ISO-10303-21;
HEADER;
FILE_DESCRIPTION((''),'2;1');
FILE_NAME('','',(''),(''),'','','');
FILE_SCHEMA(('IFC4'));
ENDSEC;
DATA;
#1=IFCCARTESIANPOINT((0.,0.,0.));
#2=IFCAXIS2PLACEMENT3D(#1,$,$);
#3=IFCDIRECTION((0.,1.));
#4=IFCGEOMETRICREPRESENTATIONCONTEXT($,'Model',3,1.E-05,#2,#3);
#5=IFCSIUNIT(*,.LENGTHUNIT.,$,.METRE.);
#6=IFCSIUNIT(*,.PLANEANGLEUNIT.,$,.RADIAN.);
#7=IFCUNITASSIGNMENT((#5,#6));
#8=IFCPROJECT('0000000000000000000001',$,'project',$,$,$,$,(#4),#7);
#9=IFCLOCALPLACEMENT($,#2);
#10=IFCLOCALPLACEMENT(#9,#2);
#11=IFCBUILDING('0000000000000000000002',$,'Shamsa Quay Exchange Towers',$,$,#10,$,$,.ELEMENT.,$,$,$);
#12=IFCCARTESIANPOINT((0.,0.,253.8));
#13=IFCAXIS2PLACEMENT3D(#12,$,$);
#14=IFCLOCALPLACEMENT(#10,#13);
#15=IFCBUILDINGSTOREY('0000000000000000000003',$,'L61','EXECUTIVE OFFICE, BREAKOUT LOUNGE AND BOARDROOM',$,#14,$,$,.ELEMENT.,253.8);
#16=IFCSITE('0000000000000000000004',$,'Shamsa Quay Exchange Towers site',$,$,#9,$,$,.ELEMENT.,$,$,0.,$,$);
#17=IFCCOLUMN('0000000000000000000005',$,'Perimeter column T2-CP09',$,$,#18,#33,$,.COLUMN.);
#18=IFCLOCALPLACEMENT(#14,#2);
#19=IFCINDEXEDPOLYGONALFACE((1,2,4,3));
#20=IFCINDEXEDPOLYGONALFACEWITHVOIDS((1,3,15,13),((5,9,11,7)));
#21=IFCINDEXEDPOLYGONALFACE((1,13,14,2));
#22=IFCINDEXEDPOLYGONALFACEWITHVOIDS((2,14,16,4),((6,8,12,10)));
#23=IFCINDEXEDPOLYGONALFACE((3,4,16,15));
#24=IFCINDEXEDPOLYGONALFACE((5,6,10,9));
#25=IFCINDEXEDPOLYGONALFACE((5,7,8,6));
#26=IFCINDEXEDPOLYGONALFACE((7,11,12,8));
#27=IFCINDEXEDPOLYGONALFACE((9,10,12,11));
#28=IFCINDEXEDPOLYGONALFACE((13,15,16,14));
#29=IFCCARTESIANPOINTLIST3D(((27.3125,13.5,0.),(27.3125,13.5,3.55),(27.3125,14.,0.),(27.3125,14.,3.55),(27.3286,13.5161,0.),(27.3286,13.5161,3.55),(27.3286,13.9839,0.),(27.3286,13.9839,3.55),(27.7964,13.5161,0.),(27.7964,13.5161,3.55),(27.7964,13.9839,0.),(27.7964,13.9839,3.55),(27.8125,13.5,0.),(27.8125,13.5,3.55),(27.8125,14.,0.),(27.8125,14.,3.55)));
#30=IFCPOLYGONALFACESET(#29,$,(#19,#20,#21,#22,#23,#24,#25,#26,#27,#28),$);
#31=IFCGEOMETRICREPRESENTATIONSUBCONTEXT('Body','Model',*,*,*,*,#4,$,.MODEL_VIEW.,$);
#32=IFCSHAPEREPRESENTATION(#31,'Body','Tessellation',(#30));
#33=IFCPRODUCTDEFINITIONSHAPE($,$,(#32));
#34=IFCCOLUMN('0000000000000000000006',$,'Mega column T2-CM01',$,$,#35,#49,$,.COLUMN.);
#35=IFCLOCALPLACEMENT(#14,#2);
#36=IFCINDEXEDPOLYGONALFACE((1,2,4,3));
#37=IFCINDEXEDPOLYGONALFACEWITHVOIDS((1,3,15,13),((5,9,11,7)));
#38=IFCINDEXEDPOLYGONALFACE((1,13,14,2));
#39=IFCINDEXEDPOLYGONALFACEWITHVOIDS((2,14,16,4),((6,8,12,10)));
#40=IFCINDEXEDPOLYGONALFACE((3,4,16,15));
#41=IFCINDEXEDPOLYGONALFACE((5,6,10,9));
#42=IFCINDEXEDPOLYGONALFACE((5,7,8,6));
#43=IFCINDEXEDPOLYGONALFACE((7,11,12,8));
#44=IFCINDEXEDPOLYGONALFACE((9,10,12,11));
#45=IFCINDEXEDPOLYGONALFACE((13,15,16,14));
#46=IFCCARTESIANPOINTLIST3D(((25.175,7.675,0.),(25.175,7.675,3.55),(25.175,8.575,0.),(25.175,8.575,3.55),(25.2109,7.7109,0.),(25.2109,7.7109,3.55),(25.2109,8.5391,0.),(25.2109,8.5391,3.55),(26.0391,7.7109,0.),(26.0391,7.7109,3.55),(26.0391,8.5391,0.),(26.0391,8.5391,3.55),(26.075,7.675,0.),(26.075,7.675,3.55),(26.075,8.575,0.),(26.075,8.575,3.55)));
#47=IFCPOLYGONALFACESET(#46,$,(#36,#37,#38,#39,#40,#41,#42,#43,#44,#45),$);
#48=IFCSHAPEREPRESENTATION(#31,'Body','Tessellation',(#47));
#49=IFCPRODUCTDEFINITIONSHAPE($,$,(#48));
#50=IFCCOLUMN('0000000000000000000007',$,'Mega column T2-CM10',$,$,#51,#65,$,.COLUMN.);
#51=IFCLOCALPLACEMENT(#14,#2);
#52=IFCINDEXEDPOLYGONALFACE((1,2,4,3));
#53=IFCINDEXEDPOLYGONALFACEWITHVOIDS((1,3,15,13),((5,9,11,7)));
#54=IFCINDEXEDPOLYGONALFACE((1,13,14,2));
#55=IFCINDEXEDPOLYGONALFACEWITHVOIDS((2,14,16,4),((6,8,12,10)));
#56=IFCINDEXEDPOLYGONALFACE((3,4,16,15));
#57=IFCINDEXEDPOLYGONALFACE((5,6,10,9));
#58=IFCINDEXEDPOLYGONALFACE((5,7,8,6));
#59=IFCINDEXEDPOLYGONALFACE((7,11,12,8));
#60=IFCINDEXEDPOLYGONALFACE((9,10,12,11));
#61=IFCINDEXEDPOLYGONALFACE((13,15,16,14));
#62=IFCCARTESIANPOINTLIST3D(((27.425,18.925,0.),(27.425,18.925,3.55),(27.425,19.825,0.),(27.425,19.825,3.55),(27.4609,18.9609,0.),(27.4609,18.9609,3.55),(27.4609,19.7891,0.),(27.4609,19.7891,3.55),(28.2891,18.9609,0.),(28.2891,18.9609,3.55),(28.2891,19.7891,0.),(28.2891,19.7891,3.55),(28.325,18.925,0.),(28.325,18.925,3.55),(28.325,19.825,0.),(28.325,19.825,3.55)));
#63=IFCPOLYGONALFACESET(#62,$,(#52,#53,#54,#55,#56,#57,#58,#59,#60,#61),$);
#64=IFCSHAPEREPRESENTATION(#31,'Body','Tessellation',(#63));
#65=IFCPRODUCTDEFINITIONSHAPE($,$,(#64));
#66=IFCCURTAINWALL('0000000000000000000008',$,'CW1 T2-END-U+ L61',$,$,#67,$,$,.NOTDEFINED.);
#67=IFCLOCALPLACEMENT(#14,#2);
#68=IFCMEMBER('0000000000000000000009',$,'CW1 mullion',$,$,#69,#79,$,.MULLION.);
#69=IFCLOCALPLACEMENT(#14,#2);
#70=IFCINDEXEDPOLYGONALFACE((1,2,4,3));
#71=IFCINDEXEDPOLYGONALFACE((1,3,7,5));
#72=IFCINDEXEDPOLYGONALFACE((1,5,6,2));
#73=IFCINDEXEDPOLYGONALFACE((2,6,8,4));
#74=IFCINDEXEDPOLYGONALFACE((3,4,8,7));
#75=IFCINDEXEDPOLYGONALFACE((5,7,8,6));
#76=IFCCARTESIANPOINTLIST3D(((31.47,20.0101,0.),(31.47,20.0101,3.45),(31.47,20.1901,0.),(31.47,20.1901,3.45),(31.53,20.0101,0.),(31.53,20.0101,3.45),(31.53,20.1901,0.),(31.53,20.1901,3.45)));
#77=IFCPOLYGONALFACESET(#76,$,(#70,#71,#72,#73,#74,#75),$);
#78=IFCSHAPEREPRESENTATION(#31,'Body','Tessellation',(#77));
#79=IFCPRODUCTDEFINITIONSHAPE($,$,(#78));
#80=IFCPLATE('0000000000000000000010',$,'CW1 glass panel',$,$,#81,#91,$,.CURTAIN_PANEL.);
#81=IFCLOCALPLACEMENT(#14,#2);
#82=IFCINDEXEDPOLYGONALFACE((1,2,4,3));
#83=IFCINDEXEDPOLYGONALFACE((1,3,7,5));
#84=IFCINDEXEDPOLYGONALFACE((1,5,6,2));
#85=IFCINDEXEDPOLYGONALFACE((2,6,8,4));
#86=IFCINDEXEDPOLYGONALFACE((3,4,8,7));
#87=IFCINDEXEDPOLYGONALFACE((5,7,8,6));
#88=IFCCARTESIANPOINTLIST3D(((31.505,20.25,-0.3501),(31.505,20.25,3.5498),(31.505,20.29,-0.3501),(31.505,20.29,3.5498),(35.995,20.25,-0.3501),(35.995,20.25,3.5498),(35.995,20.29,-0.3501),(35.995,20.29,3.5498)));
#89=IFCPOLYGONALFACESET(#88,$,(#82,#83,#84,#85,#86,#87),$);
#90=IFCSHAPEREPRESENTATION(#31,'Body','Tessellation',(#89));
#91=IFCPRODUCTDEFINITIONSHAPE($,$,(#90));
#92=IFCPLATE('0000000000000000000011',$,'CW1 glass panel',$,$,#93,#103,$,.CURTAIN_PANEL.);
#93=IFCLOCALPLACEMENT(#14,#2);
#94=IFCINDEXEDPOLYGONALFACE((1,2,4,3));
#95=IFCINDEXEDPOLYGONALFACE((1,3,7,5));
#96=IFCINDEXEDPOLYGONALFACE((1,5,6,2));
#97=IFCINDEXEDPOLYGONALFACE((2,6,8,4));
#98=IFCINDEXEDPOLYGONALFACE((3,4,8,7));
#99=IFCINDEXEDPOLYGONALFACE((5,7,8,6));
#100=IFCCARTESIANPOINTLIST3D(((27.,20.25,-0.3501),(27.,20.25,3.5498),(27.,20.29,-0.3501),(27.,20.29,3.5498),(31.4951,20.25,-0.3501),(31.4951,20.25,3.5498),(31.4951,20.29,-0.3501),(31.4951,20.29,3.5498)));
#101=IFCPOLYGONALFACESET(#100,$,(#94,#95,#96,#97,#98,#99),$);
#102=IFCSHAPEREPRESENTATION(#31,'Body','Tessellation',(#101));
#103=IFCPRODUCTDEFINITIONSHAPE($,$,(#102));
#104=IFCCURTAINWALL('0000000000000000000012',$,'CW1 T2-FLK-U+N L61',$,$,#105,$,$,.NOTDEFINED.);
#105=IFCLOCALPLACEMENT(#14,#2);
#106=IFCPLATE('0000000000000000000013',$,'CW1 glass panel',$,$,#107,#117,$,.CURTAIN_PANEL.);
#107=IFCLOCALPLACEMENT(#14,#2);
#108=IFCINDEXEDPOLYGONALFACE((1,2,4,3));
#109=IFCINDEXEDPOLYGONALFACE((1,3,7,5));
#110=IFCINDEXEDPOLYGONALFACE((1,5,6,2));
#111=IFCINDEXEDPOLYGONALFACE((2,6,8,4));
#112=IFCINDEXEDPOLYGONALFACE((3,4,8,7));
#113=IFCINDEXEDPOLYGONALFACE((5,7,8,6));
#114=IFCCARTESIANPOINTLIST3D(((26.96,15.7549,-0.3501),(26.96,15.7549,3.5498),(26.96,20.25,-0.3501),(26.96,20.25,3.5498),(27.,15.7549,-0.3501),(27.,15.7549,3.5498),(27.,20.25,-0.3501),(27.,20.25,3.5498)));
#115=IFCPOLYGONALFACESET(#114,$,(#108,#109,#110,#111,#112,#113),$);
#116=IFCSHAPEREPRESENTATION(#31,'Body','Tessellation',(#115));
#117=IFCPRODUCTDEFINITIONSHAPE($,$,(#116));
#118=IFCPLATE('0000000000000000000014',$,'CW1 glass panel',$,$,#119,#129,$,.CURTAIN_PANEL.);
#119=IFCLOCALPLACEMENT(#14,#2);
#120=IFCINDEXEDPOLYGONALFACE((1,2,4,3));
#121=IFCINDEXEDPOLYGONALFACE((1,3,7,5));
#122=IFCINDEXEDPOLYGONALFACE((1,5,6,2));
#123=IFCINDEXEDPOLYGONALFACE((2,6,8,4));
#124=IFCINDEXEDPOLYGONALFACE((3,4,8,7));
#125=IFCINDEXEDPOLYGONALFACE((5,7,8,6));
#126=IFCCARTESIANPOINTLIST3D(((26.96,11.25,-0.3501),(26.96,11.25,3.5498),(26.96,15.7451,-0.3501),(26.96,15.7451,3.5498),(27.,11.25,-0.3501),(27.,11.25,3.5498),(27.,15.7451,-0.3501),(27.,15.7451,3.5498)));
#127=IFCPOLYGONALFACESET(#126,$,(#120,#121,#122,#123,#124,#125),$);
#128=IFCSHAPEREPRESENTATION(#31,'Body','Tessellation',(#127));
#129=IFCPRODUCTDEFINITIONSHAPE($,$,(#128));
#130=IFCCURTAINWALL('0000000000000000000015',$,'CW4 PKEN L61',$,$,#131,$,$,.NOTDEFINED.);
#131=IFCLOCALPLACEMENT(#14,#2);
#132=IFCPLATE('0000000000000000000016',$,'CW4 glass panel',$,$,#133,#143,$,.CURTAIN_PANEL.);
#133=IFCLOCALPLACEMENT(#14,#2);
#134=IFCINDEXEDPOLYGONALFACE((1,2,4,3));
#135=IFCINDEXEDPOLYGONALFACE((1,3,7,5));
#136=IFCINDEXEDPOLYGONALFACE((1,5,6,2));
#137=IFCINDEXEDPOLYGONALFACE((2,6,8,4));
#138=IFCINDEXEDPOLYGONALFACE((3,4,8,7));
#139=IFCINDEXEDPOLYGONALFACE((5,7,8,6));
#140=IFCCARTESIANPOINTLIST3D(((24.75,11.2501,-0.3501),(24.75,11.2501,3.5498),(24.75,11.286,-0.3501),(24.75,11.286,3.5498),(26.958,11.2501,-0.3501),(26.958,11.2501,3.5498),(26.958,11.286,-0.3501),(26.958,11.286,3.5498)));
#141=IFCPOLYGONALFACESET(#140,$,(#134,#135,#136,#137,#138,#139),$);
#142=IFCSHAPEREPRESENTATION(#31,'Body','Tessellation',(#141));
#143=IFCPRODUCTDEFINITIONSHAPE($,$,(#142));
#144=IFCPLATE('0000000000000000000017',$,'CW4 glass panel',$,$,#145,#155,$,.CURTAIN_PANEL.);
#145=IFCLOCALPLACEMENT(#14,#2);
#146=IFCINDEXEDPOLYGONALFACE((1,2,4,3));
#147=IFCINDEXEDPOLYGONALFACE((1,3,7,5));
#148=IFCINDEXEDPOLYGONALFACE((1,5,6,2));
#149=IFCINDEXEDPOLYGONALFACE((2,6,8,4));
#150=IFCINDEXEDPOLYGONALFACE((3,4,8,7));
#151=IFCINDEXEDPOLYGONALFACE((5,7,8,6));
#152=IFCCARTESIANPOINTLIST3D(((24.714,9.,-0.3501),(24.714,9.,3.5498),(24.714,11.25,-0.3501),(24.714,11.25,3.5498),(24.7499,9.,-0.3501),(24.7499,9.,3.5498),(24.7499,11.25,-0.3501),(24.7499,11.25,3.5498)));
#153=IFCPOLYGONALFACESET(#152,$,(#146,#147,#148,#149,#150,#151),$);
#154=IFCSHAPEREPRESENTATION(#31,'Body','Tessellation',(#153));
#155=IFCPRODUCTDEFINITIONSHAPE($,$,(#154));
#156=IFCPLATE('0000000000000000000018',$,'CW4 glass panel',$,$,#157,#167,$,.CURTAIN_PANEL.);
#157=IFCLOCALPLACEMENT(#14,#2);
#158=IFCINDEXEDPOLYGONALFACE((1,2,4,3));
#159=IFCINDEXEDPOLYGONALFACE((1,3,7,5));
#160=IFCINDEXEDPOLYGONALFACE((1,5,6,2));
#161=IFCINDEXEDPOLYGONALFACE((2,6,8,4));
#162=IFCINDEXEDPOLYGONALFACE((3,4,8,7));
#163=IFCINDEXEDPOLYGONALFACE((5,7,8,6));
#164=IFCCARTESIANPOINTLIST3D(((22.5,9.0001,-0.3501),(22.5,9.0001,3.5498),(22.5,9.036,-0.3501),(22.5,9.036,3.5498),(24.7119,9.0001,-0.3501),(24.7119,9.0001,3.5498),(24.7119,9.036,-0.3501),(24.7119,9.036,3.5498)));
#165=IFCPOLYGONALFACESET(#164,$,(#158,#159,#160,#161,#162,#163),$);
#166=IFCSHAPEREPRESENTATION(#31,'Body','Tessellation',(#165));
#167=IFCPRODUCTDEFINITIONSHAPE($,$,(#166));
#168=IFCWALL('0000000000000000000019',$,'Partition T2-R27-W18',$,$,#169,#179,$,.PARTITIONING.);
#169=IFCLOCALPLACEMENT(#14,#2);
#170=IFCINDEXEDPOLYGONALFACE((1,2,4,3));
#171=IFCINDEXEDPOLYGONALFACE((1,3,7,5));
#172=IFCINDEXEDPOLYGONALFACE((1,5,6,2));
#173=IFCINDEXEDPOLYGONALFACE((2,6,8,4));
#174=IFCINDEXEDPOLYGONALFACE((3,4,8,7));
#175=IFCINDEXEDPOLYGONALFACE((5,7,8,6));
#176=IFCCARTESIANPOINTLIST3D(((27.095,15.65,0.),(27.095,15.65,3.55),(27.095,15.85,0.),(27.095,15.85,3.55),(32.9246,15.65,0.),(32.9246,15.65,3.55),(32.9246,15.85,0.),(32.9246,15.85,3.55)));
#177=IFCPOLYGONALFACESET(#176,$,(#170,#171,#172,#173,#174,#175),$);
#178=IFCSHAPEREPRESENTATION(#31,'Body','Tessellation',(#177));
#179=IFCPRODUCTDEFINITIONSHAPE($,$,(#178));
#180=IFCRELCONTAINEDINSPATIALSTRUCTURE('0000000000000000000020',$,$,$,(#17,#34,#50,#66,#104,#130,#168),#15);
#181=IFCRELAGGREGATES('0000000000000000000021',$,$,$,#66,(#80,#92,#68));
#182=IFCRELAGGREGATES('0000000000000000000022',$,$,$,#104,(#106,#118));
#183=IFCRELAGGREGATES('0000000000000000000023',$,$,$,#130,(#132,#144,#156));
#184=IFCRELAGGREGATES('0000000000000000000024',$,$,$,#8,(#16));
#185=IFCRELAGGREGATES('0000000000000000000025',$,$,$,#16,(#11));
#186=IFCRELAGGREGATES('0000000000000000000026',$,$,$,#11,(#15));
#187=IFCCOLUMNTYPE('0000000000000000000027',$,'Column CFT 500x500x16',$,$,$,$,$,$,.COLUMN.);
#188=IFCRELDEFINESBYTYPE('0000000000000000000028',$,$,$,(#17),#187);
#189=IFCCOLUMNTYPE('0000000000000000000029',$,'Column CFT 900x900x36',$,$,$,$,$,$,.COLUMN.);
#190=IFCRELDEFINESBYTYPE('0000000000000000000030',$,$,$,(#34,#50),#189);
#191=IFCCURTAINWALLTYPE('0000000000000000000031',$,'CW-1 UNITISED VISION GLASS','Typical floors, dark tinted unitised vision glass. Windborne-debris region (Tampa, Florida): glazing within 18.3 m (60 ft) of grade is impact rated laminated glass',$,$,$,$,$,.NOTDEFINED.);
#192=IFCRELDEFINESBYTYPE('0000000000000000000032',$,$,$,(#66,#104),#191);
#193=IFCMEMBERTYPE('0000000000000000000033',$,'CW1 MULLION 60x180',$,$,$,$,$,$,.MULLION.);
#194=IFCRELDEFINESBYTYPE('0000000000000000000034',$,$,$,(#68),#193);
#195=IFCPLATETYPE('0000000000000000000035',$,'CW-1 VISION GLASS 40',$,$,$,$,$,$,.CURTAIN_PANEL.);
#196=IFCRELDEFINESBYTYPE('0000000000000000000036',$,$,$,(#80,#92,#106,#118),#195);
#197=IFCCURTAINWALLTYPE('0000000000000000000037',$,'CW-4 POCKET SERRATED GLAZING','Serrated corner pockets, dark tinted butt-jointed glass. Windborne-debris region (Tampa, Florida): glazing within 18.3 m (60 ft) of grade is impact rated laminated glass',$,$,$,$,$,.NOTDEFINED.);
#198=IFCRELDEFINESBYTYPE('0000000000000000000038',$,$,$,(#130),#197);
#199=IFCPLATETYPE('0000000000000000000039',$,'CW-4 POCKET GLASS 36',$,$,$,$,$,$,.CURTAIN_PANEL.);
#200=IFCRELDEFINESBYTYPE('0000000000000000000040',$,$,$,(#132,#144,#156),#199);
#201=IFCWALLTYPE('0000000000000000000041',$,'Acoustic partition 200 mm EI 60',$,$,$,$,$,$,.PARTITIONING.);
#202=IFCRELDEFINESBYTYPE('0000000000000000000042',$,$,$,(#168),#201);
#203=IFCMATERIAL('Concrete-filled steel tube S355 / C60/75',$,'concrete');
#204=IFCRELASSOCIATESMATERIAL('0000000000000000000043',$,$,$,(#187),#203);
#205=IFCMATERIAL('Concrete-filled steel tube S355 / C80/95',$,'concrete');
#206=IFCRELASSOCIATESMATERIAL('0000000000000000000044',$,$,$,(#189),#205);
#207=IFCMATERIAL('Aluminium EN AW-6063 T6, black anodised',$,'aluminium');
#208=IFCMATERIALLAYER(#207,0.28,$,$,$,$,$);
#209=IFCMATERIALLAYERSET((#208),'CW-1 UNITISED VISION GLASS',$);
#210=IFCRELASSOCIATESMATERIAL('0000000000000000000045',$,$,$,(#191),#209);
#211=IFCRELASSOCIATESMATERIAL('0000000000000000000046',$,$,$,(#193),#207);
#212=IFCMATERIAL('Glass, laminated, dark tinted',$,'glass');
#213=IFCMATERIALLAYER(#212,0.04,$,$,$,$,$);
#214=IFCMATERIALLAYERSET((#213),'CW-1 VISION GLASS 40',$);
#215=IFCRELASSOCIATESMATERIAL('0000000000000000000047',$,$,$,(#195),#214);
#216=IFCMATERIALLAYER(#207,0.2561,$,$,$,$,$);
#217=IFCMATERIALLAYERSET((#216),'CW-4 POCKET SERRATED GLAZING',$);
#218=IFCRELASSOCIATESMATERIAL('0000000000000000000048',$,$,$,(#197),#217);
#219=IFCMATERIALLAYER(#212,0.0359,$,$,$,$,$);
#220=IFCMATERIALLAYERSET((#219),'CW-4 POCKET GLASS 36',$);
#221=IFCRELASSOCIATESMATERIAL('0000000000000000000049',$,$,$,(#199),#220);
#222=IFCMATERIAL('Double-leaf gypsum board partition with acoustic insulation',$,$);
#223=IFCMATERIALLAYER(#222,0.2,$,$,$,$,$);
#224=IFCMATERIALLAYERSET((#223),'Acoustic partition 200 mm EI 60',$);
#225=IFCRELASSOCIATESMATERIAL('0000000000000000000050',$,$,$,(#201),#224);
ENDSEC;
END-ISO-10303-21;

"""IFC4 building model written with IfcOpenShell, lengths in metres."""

from ifc_helpers import new_model, si_unit, direction, frame, frame_2d, origin, origin_2d, place, context, subcontext, project, spatial, rectangle, hollow_rectangle, extrude, material, layer, layer_set, material_profile, profile_set, type_object, element, aggregate, save


model = new_model("IFC4")

# Units and contexts
model_context = context("Model", 3, precision=1e-05, world=origin(), true_north=direction((0.0, 1.0)))
body_context = subcontext(model_context, "Body", "Model", "MODEL_VIEW")
ifc_project = project(units=[si_unit("LENGTHUNIT", "METRE"), si_unit("PLANEANGLEUNIT", "RADIAN")], contexts=[model_context])

# Site, building, storey
site_placement = place(None, origin())
site = spatial("IfcSite", under=ifc_project, at=site_placement, Name="Shamsa Quay Exchange Towers site", CompositionType="ELEMENT", RefElevation=0.0)
building_placement = place(site_placement, origin())
building = spatial("IfcBuilding", under=site, at=building_placement, Name="Shamsa Quay Exchange Towers", CompositionType="ELEMENT")
storey_placement = place(building_placement, frame((0.0, 0.0, 253.8)))
storey = spatial("IfcBuildingStorey", under=building, at=storey_placement, Name="L61", Description="EXECUTIVE OFFICE, BREAKOUT LOUNGE AND BOARDROOM", CompositionType="ELEMENT", Elevation=253.8)

# Columns
ifc_material_1 = material(Name="Concrete-filled steel tube S355 / C60/75", Category="concrete")
ifc_material_profile_1 = material_profile(ifc_material_1, hollow_rectangle(XDim=0.5, YDim=0.5, WallThickness=0.0161, at=origin_2d()), Name="CFT 500x500x16")
ifc_profile_set_1 = profile_set([ifc_material_profile_1], Name="Concrete-filled steel tube S355 / C60/75")
column_type_1 = type_object("IfcColumnType", Name="Column CFT 500x500x16", PredefinedType="COLUMN", material=ifc_profile_set_1)
column_placement = place(storey_placement, frame((27.5625, 13.75, 0.0)))
element("IfcColumn", 1, at=column_placement, inside=storey, type_object=column_type_1, Name="Perimeter column T2-CP09", PredefinedType="COLUMN", context=body_context, shape_type="SweptSolid", body=[
    extrude(hollow_rectangle(XDim=0.5, YDim=0.5, WallThickness=0.0161, at=origin_2d()), origin(), (0.0, 0.0, 1.0), 3.55),
])
ifc_material_2 = material(Name="Concrete-filled steel tube S355 / C80/95", Category="concrete")
ifc_material_profile_2 = material_profile(ifc_material_2, hollow_rectangle(XDim=0.8999, YDim=0.8999, WallThickness=0.0359, at=origin_2d()), Name="CFT 900x900x36")
ifc_profile_set_2 = profile_set([ifc_material_profile_2], Name="Concrete-filled steel tube S355 / C80/95")
column_type_2 = type_object("IfcColumnType", Name="Column CFT 900x900x36", PredefinedType="COLUMN", material=ifc_profile_set_2)
for number, where, name in (
    (2, (25.625, 8.125, 0.0), "Mega column T2-CM01"),
    (3, (27.875, 19.375, 0.0), "Mega column T2-CM10"),
):
    element("IfcColumn", number, at=place(storey_placement, frame(where)), inside=storey, type_object=column_type_2, Name=name, PredefinedType="COLUMN", context=body_context, shape_type="SweptSolid", body=[
        extrude(hollow_rectangle(XDim=0.8999, YDim=0.8999, WallThickness=0.0359, at=origin_2d()), origin(), (0.0, 0.0, 1.0), 3.55),
    ])

# Curtain wall, member, plates
ifc_material_3 = material(Name="Aluminium EN AW-6063 T6, black anodised", Category="aluminium")
ifc_layer_1 = layer(ifc_material_3, 0.28)
ifc_layer_set_1 = layer_set([ifc_layer_1], Name="CW-1 UNITISED VISION GLASS")
curtain_wall_type_1 = type_object("IfcCurtainWallType", Name="CW-1 UNITISED VISION GLASS", Description="Typical floors, dark tinted unitised vision glass. Windborne-debris region (Tampa, Florida): glazing within 18.3 m (60 ft) of grade is impact rated laminated glass", PredefinedType="NOTDEFINED", material=ifc_layer_set_1)
curtain_wall_1_placement = place(storey_placement, origin())
curtain_wall_1 = element("IfcCurtainWall", 4, at=curtain_wall_1_placement, inside=storey, type_object=curtain_wall_type_1, Name="CW1 T2-END-U+ L61", PredefinedType="NOTDEFINED")
ifc_material_profile_3 = material_profile(ifc_material_3, rectangle(XDim=0.1799, YDim=0.0601, at=origin_2d()), Name="MU60x180")
ifc_profile_set_3 = profile_set([ifc_material_profile_3], Name="Aluminium EN AW-6063 T6, black anodised")
member_type = type_object("IfcMemberType", Name="CW1 MULLION 60x180", PredefinedType="MULLION", material=ifc_profile_set_3)
member_placement = place(storey_placement, frame((31.5, 20.1001, 0.0), z_axis=(0.0, 0.0, 1.0), x_axis=(0.0, -1.0, 0.0)))
member = element("IfcMember", 5, at=member_placement, type_object=member_type, Name="CW1 mullion", PredefinedType="MULLION", context=body_context, shape_type="SweptSolid", body=[
    extrude(rectangle(XDim=0.1799, YDim=0.0601, at=origin_2d()), origin(), (0.0, 0.0, 1.0), 3.45),
])
ifc_material_4 = material(Name="Glass, laminated, dark tinted", Category="glass")
ifc_layer_2 = layer(ifc_material_4, 0.04)
ifc_layer_set_2 = layer_set([ifc_layer_2], Name="CW-1 VISION GLASS 40")
plate_type_1 = type_object("IfcPlateType", Name="CW-1 VISION GLASS 40", PredefinedType="CURTAIN_PANEL", material=ifc_layer_set_2)
plate_1_placement = place(storey_placement, frame((33.75, 20.27, -0.3501), z_axis=(0.0, 0.0, 1.0), x_axis=(-1.0, 0.0, 0.0)))
plate_1 = element("IfcPlate", 6, at=plate_1_placement, type_object=plate_type_1, Name="CW1 glass panel", PredefinedType="CURTAIN_PANEL", context=body_context, shape_type="SweptSolid", body=[
    extrude(rectangle(XDim=4.49, YDim=0.04, at=origin_2d()), origin(), (0.0, 0.0, 1.0), 3.8999),
])
plate_2_placement = place(storey_placement, frame((29.2476, 20.27, -0.3501), z_axis=(0.0, 0.0, 1.0), x_axis=(-1.0, 0.0, 0.0)))
plate_2 = element("IfcPlate", 7, at=plate_2_placement, type_object=plate_type_1, Name="CW1 glass panel", PredefinedType="CURTAIN_PANEL", context=body_context, shape_type="SweptSolid", body=[
    extrude(rectangle(XDim=4.4951, YDim=0.04, at=origin_2d()), origin(), (0.0, 0.0, 1.0), 3.8999),
])
aggregate(curtain_wall_1, [plate_1, plate_2, member])

# Curtain walls, plates
curtain_wall_2_placement = place(storey_placement, origin())
curtain_wall_2 = element("IfcCurtainWall", 8, at=curtain_wall_2_placement, inside=storey, type_object=curtain_wall_type_1, Name="CW1 T2-FLK-U+N L61", PredefinedType="NOTDEFINED")
plate_3_placement = place(storey_placement, frame((26.98, 18.0024, -0.3501), z_axis=(0.0, 0.0, 1.0), x_axis=(0.0, -1.0, 0.0)))
plate_3 = element("IfcPlate", 9, at=plate_3_placement, type_object=plate_type_1, Name="CW1 glass panel", PredefinedType="CURTAIN_PANEL", context=body_context, shape_type="SweptSolid", body=[
    extrude(rectangle(XDim=4.4951, YDim=0.04, at=origin_2d()), origin(), (0.0, 0.0, 1.0), 3.8999),
])
plate_4_placement = place(storey_placement, frame((26.98, 13.4976, -0.3501), z_axis=(0.0, 0.0, 1.0), x_axis=(0.0, -1.0, 0.0)))
plate_4 = element("IfcPlate", 10, at=plate_4_placement, type_object=plate_type_1, Name="CW1 glass panel", PredefinedType="CURTAIN_PANEL", context=body_context, shape_type="SweptSolid", body=[
    extrude(rectangle(XDim=4.4951, YDim=0.04, at=origin_2d()), origin(), (0.0, 0.0, 1.0), 3.8999),
])
aggregate(curtain_wall_2, [plate_3, plate_4])
ifc_layer_3 = layer(ifc_material_3, 0.2561)
ifc_layer_set_3 = layer_set([ifc_layer_3], Name="CW-4 POCKET SERRATED GLAZING")
curtain_wall_type_2 = type_object("IfcCurtainWallType", Name="CW-4 POCKET SERRATED GLAZING", Description="Serrated corner pockets, dark tinted butt-jointed glass. Windborne-debris region (Tampa, Florida): glazing within 18.3 m (60 ft) of grade is impact rated laminated glass", PredefinedType="NOTDEFINED", material=ifc_layer_set_3)
curtain_wall_3_placement = place(storey_placement, origin())
curtain_wall_3 = element("IfcCurtainWall", 11, at=curtain_wall_3_placement, inside=storey, type_object=curtain_wall_type_2, Name="CW4 PKEN L61", PredefinedType="NOTDEFINED")
ifc_layer_4 = layer(ifc_material_4, 0.0359)
ifc_layer_set_4 = layer_set([ifc_layer_4], Name="CW-4 POCKET GLASS 36")
plate_type_2 = type_object("IfcPlateType", Name="CW-4 POCKET GLASS 36", PredefinedType="CURTAIN_PANEL", material=ifc_layer_set_4)
plate_5_placement = place(storey_placement, frame((25.854, 11.2681, -0.3501), z_axis=(0.0, 0.0, 1.0), x_axis=(-1.0, 0.0, 0.0)))
plate_5 = element("IfcPlate", 12, at=plate_5_placement, type_object=plate_type_2, Name="CW4 glass panel", PredefinedType="CURTAIN_PANEL", context=body_context, shape_type="SweptSolid", body=[
    extrude(rectangle(XDim=2.208, YDim=0.0359, at=origin_2d()), origin(), (0.0, 0.0, 1.0), 3.8999),
])
plate_6_placement = place(storey_placement, frame((24.7319, 10.125, -0.3501), z_axis=(0.0, 0.0, 1.0), x_axis=(0.0, -1.0, 0.0)))
plate_6 = element("IfcPlate", 13, at=plate_6_placement, type_object=plate_type_2, Name="CW4 glass panel", PredefinedType="CURTAIN_PANEL", context=body_context, shape_type="SweptSolid", body=[
    extrude(rectangle(XDim=2.25, YDim=0.0359, at=origin_2d()), origin(), (0.0, 0.0, 1.0), 3.8999),
])
plate_7_placement = place(storey_placement, frame((23.606, 9.0181, -0.3501), z_axis=(0.0, 0.0, 1.0), x_axis=(-1.0, 0.0, 0.0)))
plate_7 = element("IfcPlate", 14, at=plate_7_placement, type_object=plate_type_2, Name="CW4 glass panel", PredefinedType="CURTAIN_PANEL", context=body_context, shape_type="SweptSolid", body=[
    extrude(rectangle(XDim=2.2119, YDim=0.0359, at=origin_2d()), origin(), (0.0, 0.0, 1.0), 3.8999),
])
aggregate(curtain_wall_3, [plate_5, plate_6, plate_7])

# Shared definitions
ifc_material_5 = material(Name="Double-leaf gypsum board partition with acoustic insulation")
ifc_layer_5 = layer(ifc_material_5, 0.2)
ifc_layer_set_5 = layer_set([ifc_layer_5], Name="Acoustic partition 200 mm EI 60")
wall_type_1 = type_object("IfcWallType", Name="Acoustic partition 200 mm EI 60", PredefinedType="PARTITIONING", material=ifc_layer_set_5)

# Wall
wall_1_placement = place(storey_placement, frame((32.9246, 15.75, 0.0), z_axis=(0.0, 0.0, 1.0), x_axis=(-1.0, 0.0, 0.0)))
element("IfcWall", 15, at=wall_1_placement, inside=storey, type_object=wall_type_1, Name="Partition T2-R27-W18", PredefinedType="PARTITIONING", context=body_context, shape_type="SweptSolid", body=[
    extrude(rectangle(XDim=5.8296, YDim=0.2, at=frame_2d((2.9148, 0.0))), origin(), (0.0, 0.0, 1.0), 3.55),
])

save(model, "model.ifc")
